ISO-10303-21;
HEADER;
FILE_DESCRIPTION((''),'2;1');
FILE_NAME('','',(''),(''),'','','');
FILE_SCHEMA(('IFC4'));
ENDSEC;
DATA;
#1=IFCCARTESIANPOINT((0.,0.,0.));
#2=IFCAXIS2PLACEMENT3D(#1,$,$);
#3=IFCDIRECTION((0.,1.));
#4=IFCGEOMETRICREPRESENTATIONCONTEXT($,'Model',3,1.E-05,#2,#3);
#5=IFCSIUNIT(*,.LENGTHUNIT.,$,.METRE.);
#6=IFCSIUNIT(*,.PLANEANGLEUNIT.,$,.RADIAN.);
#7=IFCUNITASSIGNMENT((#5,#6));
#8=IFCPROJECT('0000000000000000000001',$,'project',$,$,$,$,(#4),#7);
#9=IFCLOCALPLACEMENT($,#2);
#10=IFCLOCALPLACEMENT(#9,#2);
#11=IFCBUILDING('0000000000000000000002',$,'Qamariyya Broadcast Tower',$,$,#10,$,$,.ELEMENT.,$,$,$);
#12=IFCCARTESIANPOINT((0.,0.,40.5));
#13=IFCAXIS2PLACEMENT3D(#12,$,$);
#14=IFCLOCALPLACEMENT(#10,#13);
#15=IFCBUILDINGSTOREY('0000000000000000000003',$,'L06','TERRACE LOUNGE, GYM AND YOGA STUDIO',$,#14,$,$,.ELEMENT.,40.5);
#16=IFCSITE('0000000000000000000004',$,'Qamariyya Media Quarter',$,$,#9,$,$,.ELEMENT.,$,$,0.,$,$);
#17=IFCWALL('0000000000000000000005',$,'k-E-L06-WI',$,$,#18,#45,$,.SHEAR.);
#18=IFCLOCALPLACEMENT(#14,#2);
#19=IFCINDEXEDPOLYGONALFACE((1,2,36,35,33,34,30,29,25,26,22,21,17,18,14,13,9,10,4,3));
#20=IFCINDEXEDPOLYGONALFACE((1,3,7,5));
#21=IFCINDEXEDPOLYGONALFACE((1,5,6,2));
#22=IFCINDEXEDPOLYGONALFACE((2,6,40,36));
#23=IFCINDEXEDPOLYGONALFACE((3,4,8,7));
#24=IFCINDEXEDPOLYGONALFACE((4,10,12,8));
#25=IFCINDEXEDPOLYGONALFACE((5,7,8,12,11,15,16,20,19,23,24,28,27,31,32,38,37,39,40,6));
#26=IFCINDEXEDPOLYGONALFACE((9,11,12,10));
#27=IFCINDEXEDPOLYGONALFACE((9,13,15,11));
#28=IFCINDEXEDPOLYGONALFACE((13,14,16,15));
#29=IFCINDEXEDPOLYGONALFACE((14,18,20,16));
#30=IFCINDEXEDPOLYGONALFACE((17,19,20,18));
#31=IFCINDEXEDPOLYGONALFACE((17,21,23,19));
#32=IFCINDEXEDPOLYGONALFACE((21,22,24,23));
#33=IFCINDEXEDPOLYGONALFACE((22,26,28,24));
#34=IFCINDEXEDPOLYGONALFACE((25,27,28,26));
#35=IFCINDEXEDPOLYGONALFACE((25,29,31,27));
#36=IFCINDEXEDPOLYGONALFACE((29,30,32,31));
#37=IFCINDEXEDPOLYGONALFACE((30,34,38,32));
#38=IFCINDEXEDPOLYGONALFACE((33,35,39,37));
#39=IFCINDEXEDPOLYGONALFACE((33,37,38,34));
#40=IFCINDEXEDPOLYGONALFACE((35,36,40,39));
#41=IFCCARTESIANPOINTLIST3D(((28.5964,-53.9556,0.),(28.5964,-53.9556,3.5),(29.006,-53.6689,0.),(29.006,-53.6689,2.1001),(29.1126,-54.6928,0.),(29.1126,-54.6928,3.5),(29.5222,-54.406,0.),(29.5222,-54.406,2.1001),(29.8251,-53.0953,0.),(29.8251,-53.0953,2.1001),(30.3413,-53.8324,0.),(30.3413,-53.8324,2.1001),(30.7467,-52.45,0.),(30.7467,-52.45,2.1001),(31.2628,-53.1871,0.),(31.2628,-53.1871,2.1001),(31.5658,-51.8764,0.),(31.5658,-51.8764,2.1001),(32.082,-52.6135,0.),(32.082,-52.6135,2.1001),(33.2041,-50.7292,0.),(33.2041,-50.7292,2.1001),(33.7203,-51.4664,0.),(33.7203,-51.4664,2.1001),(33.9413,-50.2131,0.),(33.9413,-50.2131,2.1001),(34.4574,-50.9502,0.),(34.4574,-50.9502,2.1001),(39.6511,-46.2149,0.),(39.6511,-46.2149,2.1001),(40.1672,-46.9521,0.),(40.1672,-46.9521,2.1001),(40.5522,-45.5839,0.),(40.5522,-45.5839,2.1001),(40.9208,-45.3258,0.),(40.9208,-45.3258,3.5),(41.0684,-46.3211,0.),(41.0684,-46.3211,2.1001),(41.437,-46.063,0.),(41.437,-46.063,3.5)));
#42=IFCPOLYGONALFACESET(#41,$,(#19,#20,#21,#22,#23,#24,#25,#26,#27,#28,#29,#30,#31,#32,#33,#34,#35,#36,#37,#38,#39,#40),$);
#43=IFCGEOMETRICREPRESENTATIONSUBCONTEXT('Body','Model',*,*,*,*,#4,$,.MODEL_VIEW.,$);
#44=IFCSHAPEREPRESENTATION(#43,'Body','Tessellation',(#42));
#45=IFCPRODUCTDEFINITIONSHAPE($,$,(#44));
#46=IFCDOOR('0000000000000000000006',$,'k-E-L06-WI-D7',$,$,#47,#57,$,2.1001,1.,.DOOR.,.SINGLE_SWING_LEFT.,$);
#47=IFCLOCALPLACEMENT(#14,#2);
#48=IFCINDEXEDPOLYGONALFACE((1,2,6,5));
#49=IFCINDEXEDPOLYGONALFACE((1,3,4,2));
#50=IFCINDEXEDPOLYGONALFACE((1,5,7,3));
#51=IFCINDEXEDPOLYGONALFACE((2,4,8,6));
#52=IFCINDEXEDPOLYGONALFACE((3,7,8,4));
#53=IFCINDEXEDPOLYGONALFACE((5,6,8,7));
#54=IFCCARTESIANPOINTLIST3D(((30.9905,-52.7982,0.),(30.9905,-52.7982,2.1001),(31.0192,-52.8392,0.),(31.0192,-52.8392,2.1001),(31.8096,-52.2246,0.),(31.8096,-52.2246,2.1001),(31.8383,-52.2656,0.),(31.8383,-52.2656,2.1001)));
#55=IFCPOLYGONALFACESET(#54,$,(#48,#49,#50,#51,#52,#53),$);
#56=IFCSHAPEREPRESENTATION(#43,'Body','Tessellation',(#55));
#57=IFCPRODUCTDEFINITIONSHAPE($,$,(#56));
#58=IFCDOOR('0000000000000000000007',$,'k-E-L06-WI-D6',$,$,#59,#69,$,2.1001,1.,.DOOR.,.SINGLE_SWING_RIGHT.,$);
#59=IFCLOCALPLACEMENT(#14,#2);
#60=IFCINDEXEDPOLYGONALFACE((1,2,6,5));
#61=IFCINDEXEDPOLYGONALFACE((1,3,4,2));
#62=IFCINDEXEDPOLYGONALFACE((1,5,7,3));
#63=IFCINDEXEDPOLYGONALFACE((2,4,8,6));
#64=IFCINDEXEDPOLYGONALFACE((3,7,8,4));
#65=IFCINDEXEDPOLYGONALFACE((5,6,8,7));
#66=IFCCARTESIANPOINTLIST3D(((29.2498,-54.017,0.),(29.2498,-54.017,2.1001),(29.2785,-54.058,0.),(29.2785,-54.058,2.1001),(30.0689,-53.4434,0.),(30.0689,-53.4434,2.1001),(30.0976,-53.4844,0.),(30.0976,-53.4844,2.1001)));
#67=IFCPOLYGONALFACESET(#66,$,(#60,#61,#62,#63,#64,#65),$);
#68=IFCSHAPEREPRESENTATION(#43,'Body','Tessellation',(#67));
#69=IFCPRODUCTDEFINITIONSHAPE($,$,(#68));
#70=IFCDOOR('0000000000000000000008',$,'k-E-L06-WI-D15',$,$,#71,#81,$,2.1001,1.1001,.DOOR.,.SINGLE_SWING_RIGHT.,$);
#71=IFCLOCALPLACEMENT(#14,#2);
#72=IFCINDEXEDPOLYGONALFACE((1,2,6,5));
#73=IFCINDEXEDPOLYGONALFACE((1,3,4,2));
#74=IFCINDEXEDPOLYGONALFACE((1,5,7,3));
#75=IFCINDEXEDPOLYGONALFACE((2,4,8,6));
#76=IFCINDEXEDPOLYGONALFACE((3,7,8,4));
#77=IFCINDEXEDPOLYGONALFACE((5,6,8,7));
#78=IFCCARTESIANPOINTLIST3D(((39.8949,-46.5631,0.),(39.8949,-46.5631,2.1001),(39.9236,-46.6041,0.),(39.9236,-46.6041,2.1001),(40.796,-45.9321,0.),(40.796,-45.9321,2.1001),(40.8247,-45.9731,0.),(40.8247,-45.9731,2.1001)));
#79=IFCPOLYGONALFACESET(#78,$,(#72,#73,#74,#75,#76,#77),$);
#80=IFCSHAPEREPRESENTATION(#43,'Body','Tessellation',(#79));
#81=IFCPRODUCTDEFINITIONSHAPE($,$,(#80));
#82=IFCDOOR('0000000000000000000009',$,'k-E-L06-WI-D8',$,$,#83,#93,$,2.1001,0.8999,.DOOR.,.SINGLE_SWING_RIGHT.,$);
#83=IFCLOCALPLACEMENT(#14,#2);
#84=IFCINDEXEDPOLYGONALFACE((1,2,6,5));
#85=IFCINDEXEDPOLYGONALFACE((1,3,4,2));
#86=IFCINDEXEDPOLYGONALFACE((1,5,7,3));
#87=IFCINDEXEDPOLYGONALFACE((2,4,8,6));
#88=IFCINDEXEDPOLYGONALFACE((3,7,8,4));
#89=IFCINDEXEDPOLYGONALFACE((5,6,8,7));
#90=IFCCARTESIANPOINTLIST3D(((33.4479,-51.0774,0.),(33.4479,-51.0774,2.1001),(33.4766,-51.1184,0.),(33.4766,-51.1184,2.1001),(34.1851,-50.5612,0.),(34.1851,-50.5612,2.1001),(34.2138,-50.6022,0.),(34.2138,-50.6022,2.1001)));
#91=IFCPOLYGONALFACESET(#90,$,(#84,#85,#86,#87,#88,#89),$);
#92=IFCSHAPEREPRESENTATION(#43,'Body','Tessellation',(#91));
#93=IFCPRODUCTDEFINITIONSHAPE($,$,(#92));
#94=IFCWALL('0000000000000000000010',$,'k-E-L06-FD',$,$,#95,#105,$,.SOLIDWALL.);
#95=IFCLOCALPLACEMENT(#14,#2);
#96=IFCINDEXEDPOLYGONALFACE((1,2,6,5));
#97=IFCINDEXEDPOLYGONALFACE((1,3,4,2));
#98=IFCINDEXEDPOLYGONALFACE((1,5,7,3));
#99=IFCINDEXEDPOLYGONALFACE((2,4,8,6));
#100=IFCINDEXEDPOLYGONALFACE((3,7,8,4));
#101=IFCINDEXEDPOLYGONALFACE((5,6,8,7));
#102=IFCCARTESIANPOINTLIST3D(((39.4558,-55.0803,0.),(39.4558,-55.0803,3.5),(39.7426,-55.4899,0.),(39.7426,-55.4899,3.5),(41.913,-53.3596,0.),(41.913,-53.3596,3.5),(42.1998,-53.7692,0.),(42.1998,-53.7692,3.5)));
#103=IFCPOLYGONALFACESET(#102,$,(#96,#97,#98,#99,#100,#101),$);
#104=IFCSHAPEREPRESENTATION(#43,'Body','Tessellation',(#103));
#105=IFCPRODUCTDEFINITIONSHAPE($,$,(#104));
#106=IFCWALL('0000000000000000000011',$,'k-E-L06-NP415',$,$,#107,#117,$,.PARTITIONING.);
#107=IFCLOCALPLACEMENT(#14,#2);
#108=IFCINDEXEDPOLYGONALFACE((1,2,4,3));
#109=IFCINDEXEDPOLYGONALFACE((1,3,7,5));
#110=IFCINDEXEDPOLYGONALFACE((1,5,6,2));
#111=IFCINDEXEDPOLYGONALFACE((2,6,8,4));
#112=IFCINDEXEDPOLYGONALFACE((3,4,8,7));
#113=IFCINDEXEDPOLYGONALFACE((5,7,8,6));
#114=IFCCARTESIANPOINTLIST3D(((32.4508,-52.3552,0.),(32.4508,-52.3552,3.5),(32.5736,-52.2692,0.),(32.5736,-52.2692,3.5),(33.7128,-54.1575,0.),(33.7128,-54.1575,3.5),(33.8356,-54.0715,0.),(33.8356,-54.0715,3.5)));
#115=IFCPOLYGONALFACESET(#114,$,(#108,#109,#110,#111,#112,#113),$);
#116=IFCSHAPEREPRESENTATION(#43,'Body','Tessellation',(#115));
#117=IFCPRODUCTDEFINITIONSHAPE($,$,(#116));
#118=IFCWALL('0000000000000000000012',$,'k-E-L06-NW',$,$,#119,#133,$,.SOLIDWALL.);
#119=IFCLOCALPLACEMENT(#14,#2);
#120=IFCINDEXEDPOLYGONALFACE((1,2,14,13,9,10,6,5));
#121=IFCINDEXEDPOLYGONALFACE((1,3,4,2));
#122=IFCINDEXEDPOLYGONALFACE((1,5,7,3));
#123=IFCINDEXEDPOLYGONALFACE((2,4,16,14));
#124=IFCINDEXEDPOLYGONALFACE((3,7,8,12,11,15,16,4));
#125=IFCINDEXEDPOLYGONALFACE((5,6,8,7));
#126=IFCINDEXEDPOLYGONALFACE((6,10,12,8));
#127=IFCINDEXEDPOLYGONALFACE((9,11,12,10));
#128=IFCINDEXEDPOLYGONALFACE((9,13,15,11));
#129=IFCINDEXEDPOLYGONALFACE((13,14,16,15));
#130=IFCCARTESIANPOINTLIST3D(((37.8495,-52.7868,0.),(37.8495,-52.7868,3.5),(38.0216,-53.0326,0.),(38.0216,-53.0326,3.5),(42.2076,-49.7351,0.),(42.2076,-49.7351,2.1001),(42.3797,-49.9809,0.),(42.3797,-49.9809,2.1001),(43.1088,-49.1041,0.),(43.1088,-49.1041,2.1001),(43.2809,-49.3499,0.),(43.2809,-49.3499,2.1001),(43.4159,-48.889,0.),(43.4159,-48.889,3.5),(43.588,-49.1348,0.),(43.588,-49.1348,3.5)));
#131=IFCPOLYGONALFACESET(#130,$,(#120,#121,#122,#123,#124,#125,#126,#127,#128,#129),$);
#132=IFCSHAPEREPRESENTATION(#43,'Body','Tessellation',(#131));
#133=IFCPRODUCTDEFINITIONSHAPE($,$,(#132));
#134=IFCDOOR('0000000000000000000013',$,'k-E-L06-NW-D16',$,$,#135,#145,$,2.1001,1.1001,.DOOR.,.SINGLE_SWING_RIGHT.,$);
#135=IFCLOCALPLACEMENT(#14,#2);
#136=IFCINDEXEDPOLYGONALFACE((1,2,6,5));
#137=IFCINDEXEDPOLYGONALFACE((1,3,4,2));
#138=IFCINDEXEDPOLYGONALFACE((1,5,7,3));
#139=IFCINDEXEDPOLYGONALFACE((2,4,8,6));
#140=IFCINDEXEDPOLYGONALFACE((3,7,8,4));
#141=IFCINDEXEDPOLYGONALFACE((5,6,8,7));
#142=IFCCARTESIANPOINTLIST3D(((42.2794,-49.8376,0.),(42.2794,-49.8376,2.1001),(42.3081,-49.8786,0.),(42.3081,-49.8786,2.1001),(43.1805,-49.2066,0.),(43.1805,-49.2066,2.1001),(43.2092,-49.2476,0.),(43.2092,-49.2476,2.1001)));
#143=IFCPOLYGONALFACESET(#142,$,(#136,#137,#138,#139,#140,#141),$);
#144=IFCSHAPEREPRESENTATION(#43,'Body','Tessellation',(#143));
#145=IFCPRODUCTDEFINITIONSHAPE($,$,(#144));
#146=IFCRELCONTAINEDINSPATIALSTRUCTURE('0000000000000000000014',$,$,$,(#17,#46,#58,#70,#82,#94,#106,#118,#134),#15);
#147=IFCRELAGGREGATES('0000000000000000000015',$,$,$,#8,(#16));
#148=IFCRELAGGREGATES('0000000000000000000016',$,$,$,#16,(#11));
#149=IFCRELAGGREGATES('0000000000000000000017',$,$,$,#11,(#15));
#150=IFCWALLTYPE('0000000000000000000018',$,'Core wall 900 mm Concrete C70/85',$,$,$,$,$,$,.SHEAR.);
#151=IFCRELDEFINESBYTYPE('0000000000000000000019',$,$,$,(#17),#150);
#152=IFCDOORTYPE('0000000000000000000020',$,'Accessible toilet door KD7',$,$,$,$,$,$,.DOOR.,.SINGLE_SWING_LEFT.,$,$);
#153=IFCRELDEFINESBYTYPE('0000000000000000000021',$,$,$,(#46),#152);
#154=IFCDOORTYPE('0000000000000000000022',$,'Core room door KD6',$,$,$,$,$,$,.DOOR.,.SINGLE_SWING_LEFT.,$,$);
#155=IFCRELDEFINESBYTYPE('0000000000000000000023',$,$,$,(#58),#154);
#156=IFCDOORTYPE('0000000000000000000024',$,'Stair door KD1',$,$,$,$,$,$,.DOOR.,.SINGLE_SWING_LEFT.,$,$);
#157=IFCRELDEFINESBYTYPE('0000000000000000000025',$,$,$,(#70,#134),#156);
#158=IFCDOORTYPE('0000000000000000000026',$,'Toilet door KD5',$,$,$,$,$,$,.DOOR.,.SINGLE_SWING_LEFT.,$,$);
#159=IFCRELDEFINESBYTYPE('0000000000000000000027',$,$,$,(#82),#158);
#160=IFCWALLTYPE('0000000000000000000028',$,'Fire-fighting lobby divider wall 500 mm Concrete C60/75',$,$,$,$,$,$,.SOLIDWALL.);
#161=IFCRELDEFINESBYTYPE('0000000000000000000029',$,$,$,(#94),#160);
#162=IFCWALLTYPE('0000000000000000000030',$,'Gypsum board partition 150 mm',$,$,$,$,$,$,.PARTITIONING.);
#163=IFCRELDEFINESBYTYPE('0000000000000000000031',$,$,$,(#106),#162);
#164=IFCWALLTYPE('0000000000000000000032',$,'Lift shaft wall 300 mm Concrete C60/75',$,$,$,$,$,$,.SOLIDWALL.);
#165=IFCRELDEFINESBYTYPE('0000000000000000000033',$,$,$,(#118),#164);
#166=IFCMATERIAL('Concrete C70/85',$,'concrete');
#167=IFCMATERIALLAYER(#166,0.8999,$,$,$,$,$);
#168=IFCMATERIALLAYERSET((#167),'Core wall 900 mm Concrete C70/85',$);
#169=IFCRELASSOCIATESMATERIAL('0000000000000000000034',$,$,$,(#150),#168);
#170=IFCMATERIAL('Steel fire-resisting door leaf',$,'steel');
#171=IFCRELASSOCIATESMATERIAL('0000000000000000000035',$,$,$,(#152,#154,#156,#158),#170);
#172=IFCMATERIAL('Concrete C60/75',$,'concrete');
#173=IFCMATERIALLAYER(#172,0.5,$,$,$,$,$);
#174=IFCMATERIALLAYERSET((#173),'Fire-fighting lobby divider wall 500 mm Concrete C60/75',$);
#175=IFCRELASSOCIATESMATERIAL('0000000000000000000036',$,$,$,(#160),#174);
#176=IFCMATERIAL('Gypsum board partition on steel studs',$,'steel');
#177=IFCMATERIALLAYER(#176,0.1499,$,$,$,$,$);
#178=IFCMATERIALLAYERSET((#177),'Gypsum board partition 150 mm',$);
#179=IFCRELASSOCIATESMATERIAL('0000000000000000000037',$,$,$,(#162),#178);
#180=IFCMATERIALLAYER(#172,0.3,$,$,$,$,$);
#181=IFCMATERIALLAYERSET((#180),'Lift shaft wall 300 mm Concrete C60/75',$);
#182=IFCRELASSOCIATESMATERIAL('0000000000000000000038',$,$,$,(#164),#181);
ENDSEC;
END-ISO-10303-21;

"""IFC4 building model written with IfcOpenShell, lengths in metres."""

from ifc_helpers import new_model, si_unit, direction, frame, frame_2d, origin, place, context, subcontext, project, spatial, rectangle, extrude, material, layer, layer_set, type_object, element, fill, save


model = new_model("IFC4")

# Units and contexts
model_context = context("Model", 3, precision=1e-05, world=origin(), true_north=direction((0.0, 1.0)))
body_context = subcontext(model_context, "Body", "Model", "MODEL_VIEW")
ifc_project = project(units=[si_unit("LENGTHUNIT", "METRE"), si_unit("PLANEANGLEUNIT", "RADIAN")], contexts=[model_context])

# Site, building, storey
site_placement = place(None, origin())
site = spatial("IfcSite", under=ifc_project, at=site_placement, Name="Qamariyya Media Quarter", CompositionType="ELEMENT", RefElevation=0.0)
building_placement = place(site_placement, origin())
building = spatial("IfcBuilding", under=site, at=building_placement, Name="Qamariyya Broadcast Tower", CompositionType="ELEMENT")
storey_placement = place(building_placement, frame((0.0, 0.0, 40.5)))
storey = spatial("IfcBuildingStorey", under=building, at=storey_placement, Name="L06", Description="TERRACE LOUNGE, GYM AND YOGA STUDIO", CompositionType="ELEMENT", Elevation=40.5)

# Shared definitions
ifc_material_1 = material(Name="Concrete C70/85", Category="concrete")

# Wall, openings, doors
ifc_layer_1 = layer(ifc_material_1, 0.8999)
ifc_layer_set_1 = layer_set([ifc_layer_1], Name="Core wall 900 mm Concrete C70/85")
wall_type_1 = type_object("IfcWallType", Name="Core wall 900 mm Concrete C70/85", PredefinedType="SHEAR", material=ifc_layer_set_1)
wall_1_placement = place(storey_placement, frame((28.8545, -54.3242, 0.0), z_axis=(0.0, 0.0, 1.0), x_axis=(0.819146, 0.573585, 0.0)))
wall_1 = element("IfcWall", 1, at=wall_1_placement, inside=storey, type_object=wall_type_1, Name="k-E-L06-WI", PredefinedType="SHEAR", context=body_context, shape_type="SweptSolid", body=[
    extrude(rectangle(XDim=15.0454, YDim=0.8999, at=frame_2d((7.5227, 0.0))), origin(), (0.0, 0.0, 1.0), 3.5),
])
opening_1_placement = place(wall_1_placement, frame((0.5, 0.0, 0.0)))
opening_1 = element("IfcOpeningElement", 2, at=opening_1_placement, cuts=wall_1, PredefinedType="OPENING", context=body_context, shape_type="SweptSolid", body=[
    extrude(rectangle(XDim=1.0, YDim=2.1001, at=frame_2d((0.5, 1.05))), frame((0.0, 0.46, 0.0), z_axis=(0.0, -1.0, 0.0), x_axis=(1.0, 0.0, 0.0)), (0.0, 0.0, 1.0), 0.9199),
])
opening_2_placement = place(wall_1_placement, frame((2.625, 0.0, 0.0)))
opening_2 = element("IfcOpeningElement", 3, at=opening_2_placement, cuts=wall_1, PredefinedType="OPENING", context=body_context, shape_type="SweptSolid", body=[
    extrude(rectangle(XDim=1.0, YDim=2.1001, at=frame_2d((0.5, 1.05))), frame((0.0, 0.46, 0.0), z_axis=(0.0, -1.0, 0.0), x_axis=(1.0, 0.0, 0.0)), (0.0, 0.0, 1.0), 0.9199),
])
opening_3_placement = place(wall_1_placement, frame((5.625, 0.0, 0.0)))
opening_3 = element("IfcOpeningElement", 4, at=opening_3_placement, cuts=wall_1, PredefinedType="OPENING", context=body_context, shape_type="SweptSolid", body=[
    extrude(rectangle(XDim=0.8999, YDim=2.1001, at=frame_2d((0.45, 1.05))), frame((0.0, 0.46, 0.0), z_axis=(0.0, -1.0, 0.0), x_axis=(1.0, 0.0, 0.0)), (0.0, 0.0, 1.0), 0.9199),
])
opening_4_placement = place(wall_1_placement, frame((13.4954, 0.0, 0.0)))
opening_4 = element("IfcOpeningElement", 5, at=opening_4_placement, cuts=wall_1, PredefinedType="OPENING", context=body_context, shape_type="SweptSolid", body=[
    extrude(rectangle(XDim=1.1001, YDim=2.1001, at=frame_2d((0.55, 1.05))), frame((0.0, 0.46, 0.0), z_axis=(0.0, -1.0, 0.0), x_axis=(1.0, 0.0, 0.0)), (0.0, 0.0, 1.0), 0.9199),
])
ifc_material_2 = material(Name="Steel fire-resisting door leaf", Category="steel")
door_type_1 = type_object("IfcDoorType", Name="Accessible toilet door KD7", OperationType="SINGLE_SWING_LEFT", PredefinedType="DOOR", material=ifc_material_2)
door_1_placement = place(opening_2_placement, origin())
door_1 = element("IfcDoor", 6, at=door_1_placement, inside=storey, type_object=door_type_1, Name="k-E-L06-WI-D7", OperationType="SINGLE_SWING_LEFT", OverallHeight=2.1001, OverallWidth=1.0, PredefinedType="DOOR", context=body_context, shape_type="SweptSolid", body=[
    extrude(rectangle(XDim=1.0, YDim=2.1001, at=frame_2d((0.5, 1.05))), frame((0.0, 0.0249, 0.0), z_axis=(0.0, -1.0, 0.0), x_axis=(1.0, 0.0, 0.0)), (0.0, 0.0, 1.0), 0.05),
])
fill(opening_2, door_1)
door_type_2 = type_object("IfcDoorType", Name="Core room door KD6", OperationType="SINGLE_SWING_LEFT", PredefinedType="DOOR", material=ifc_material_2)
door_2_placement = place(opening_1_placement, origin())
door_2 = element("IfcDoor", 7, at=door_2_placement, inside=storey, type_object=door_type_2, Name="k-E-L06-WI-D6", OperationType="SINGLE_SWING_RIGHT", OverallHeight=2.1001, OverallWidth=1.0, PredefinedType="DOOR", context=body_context, shape_type="SweptSolid", body=[
    extrude(rectangle(XDim=1.0, YDim=2.1001, at=frame_2d((0.5, 1.05))), frame((0.0, 0.0249, 0.0), z_axis=(0.0, -1.0, 0.0), x_axis=(1.0, 0.0, 0.0)), (0.0, 0.0, 1.0), 0.05),
])
fill(opening_1, door_2)
door_type_3 = type_object("IfcDoorType", Name="Stair door KD1", OperationType="SINGLE_SWING_LEFT", PredefinedType="DOOR", material=ifc_material_2)
door_3_placement = place(opening_4_placement, origin())
door_3 = element("IfcDoor", 8, at=door_3_placement, inside=storey, type_object=door_type_3, Name="k-E-L06-WI-D15", OperationType="SINGLE_SWING_RIGHT", OverallHeight=2.1001, OverallWidth=1.1001, PredefinedType="DOOR", context=body_context, shape_type="SweptSolid", body=[
    extrude(rectangle(XDim=1.1001, YDim=2.1001, at=frame_2d((0.55, 1.05))), frame((0.0, 0.0249, 0.0), z_axis=(0.0, -1.0, 0.0), x_axis=(1.0, 0.0, 0.0)), (0.0, 0.0, 1.0), 0.05),
])
fill(opening_4, door_3)
door_type_4 = type_object("IfcDoorType", Name="Toilet door KD5", OperationType="SINGLE_SWING_LEFT", PredefinedType="DOOR", material=ifc_material_2)
door_4_placement = place(opening_3_placement, origin())
door_4 = element("IfcDoor", 9, at=door_4_placement, inside=storey, type_object=door_type_4, Name="k-E-L06-WI-D8", OperationType="SINGLE_SWING_RIGHT", OverallHeight=2.1001, OverallWidth=0.8999, PredefinedType="DOOR", context=body_context, shape_type="SweptSolid", body=[
    extrude(rectangle(XDim=0.8999, YDim=2.1001, at=frame_2d((0.45, 1.05))), frame((0.0, 0.0249, 0.0), z_axis=(0.0, -1.0, 0.0), x_axis=(1.0, 0.0, 0.0)), (0.0, 0.0, 1.0), 0.05),
])
fill(opening_3, door_4)

# Walls
ifc_material_3 = material(Name="Concrete C60/75", Category="concrete")
ifc_layer_2 = layer(ifc_material_3, 0.5)
ifc_layer_set_2 = layer_set([ifc_layer_2], Name="Fire-fighting lobby divider wall 500 mm Concrete C60/75")
wall_type_2 = type_object("IfcWallType", Name="Fire-fighting lobby divider wall 500 mm Concrete C60/75", PredefinedType="SOLIDWALL", material=ifc_layer_set_2)
wall_2_placement = place(storey_placement, frame((39.5991, -55.2852, 0.0), z_axis=(0.0, 0.0, 1.0), x_axis=(0.819136, 0.573599, 0.0)))
element("IfcWall", 10, at=wall_2_placement, inside=storey, type_object=wall_type_2, Name="k-E-L06-FD", PredefinedType="SOLIDWALL", context=body_context, shape_type="SweptSolid", body=[
    extrude(rectangle(XDim=2.9998, YDim=0.5, at=frame_2d((1.5, 0.0))), origin(), (0.0, 0.0, 1.0), 3.5),
])
ifc_material_4 = material(Name="Gypsum board partition on steel studs", Category="steel")
ifc_layer_3 = layer(ifc_material_4, 0.1499)
ifc_layer_set_3 = layer_set([ifc_layer_3], Name="Gypsum board partition 150 mm")
wall_type_3 = type_object("IfcWallType", Name="Gypsum board partition 150 mm", PredefinedType="PARTITIONING", material=ifc_layer_set_3)
wall_3_placement = place(storey_placement, frame((33.7742, -54.1145, 0.0), z_axis=(0.0, 0.0, 1.0), x_axis=(-0.573581, 0.819149, 0.0)))
element("IfcWall", 11, at=wall_3_placement, inside=storey, type_object=wall_type_3, Name="k-E-L06-NP415", PredefinedType="PARTITIONING", context=body_context, shape_type="SweptSolid", body=[
    extrude(rectangle(XDim=2.2002, YDim=0.1499, at=frame_2d((1.1001, 0.0))), origin(), (0.0, 0.0, 1.0), 3.5),
])

# Wall, opening, door
ifc_layer_4 = layer(ifc_material_3, 0.3)
ifc_layer_set_4 = layer_set([ifc_layer_4], Name="Lift shaft wall 300 mm Concrete C60/75")
wall_type_4 = type_object("IfcWallType", Name="Lift shaft wall 300 mm Concrete C60/75", PredefinedType="SOLIDWALL", material=ifc_layer_set_4)
wall_4_placement = place(storey_placement, frame((37.9355, -52.9097, 0.0), z_axis=(0.0, 0.0, 1.0), x_axis=(0.819148, 0.573583, 0.0)))
wall_4 = element("IfcWall", 12, at=wall_4_placement, inside=storey, type_object=wall_type_4, Name="k-E-L06-NW", PredefinedType="SOLIDWALL", context=body_context, shape_type="SweptSolid", body=[
    extrude(rectangle(XDim=6.7954, YDim=0.3, at=frame_2d((3.3977, 0.0))), origin(), (0.0, 0.0, 1.0), 3.5),
])
opening_5_placement = place(wall_4_placement, frame((5.3203, 0.0, 0.0)))
opening_5 = element("IfcOpeningElement", 13, at=opening_5_placement, cuts=wall_4, PredefinedType="OPENING", context=body_context, shape_type="SweptSolid", body=[
    extrude(rectangle(XDim=1.1001, YDim=2.1001, at=frame_2d((0.55, 1.05))), frame((0.0, 0.1599, 0.0), z_axis=(0.0, -1.0, 0.0), x_axis=(1.0, 0.0, 0.0)), (0.0, 0.0, 1.0), 0.3201),
])
door_5_placement = place(opening_5_placement, origin())
door_5 = element("IfcDoor", 14, at=door_5_placement, inside=storey, type_object=door_type_3, Name="k-E-L06-NW-D16", OperationType="SINGLE_SWING_RIGHT", OverallHeight=2.1001, OverallWidth=1.1001, PredefinedType="DOOR", context=body_context, shape_type="SweptSolid", body=[
    extrude(rectangle(XDim=1.1001, YDim=2.1001, at=frame_2d((0.55, 1.05))), frame((0.0, 0.0249, 0.0), z_axis=(0.0, -1.0, 0.0), x_axis=(1.0, 0.0, 0.0)), (0.0, 0.0, 1.0), 0.05),
])
fill(opening_5, door_5)

save(model, "model.ifc")
